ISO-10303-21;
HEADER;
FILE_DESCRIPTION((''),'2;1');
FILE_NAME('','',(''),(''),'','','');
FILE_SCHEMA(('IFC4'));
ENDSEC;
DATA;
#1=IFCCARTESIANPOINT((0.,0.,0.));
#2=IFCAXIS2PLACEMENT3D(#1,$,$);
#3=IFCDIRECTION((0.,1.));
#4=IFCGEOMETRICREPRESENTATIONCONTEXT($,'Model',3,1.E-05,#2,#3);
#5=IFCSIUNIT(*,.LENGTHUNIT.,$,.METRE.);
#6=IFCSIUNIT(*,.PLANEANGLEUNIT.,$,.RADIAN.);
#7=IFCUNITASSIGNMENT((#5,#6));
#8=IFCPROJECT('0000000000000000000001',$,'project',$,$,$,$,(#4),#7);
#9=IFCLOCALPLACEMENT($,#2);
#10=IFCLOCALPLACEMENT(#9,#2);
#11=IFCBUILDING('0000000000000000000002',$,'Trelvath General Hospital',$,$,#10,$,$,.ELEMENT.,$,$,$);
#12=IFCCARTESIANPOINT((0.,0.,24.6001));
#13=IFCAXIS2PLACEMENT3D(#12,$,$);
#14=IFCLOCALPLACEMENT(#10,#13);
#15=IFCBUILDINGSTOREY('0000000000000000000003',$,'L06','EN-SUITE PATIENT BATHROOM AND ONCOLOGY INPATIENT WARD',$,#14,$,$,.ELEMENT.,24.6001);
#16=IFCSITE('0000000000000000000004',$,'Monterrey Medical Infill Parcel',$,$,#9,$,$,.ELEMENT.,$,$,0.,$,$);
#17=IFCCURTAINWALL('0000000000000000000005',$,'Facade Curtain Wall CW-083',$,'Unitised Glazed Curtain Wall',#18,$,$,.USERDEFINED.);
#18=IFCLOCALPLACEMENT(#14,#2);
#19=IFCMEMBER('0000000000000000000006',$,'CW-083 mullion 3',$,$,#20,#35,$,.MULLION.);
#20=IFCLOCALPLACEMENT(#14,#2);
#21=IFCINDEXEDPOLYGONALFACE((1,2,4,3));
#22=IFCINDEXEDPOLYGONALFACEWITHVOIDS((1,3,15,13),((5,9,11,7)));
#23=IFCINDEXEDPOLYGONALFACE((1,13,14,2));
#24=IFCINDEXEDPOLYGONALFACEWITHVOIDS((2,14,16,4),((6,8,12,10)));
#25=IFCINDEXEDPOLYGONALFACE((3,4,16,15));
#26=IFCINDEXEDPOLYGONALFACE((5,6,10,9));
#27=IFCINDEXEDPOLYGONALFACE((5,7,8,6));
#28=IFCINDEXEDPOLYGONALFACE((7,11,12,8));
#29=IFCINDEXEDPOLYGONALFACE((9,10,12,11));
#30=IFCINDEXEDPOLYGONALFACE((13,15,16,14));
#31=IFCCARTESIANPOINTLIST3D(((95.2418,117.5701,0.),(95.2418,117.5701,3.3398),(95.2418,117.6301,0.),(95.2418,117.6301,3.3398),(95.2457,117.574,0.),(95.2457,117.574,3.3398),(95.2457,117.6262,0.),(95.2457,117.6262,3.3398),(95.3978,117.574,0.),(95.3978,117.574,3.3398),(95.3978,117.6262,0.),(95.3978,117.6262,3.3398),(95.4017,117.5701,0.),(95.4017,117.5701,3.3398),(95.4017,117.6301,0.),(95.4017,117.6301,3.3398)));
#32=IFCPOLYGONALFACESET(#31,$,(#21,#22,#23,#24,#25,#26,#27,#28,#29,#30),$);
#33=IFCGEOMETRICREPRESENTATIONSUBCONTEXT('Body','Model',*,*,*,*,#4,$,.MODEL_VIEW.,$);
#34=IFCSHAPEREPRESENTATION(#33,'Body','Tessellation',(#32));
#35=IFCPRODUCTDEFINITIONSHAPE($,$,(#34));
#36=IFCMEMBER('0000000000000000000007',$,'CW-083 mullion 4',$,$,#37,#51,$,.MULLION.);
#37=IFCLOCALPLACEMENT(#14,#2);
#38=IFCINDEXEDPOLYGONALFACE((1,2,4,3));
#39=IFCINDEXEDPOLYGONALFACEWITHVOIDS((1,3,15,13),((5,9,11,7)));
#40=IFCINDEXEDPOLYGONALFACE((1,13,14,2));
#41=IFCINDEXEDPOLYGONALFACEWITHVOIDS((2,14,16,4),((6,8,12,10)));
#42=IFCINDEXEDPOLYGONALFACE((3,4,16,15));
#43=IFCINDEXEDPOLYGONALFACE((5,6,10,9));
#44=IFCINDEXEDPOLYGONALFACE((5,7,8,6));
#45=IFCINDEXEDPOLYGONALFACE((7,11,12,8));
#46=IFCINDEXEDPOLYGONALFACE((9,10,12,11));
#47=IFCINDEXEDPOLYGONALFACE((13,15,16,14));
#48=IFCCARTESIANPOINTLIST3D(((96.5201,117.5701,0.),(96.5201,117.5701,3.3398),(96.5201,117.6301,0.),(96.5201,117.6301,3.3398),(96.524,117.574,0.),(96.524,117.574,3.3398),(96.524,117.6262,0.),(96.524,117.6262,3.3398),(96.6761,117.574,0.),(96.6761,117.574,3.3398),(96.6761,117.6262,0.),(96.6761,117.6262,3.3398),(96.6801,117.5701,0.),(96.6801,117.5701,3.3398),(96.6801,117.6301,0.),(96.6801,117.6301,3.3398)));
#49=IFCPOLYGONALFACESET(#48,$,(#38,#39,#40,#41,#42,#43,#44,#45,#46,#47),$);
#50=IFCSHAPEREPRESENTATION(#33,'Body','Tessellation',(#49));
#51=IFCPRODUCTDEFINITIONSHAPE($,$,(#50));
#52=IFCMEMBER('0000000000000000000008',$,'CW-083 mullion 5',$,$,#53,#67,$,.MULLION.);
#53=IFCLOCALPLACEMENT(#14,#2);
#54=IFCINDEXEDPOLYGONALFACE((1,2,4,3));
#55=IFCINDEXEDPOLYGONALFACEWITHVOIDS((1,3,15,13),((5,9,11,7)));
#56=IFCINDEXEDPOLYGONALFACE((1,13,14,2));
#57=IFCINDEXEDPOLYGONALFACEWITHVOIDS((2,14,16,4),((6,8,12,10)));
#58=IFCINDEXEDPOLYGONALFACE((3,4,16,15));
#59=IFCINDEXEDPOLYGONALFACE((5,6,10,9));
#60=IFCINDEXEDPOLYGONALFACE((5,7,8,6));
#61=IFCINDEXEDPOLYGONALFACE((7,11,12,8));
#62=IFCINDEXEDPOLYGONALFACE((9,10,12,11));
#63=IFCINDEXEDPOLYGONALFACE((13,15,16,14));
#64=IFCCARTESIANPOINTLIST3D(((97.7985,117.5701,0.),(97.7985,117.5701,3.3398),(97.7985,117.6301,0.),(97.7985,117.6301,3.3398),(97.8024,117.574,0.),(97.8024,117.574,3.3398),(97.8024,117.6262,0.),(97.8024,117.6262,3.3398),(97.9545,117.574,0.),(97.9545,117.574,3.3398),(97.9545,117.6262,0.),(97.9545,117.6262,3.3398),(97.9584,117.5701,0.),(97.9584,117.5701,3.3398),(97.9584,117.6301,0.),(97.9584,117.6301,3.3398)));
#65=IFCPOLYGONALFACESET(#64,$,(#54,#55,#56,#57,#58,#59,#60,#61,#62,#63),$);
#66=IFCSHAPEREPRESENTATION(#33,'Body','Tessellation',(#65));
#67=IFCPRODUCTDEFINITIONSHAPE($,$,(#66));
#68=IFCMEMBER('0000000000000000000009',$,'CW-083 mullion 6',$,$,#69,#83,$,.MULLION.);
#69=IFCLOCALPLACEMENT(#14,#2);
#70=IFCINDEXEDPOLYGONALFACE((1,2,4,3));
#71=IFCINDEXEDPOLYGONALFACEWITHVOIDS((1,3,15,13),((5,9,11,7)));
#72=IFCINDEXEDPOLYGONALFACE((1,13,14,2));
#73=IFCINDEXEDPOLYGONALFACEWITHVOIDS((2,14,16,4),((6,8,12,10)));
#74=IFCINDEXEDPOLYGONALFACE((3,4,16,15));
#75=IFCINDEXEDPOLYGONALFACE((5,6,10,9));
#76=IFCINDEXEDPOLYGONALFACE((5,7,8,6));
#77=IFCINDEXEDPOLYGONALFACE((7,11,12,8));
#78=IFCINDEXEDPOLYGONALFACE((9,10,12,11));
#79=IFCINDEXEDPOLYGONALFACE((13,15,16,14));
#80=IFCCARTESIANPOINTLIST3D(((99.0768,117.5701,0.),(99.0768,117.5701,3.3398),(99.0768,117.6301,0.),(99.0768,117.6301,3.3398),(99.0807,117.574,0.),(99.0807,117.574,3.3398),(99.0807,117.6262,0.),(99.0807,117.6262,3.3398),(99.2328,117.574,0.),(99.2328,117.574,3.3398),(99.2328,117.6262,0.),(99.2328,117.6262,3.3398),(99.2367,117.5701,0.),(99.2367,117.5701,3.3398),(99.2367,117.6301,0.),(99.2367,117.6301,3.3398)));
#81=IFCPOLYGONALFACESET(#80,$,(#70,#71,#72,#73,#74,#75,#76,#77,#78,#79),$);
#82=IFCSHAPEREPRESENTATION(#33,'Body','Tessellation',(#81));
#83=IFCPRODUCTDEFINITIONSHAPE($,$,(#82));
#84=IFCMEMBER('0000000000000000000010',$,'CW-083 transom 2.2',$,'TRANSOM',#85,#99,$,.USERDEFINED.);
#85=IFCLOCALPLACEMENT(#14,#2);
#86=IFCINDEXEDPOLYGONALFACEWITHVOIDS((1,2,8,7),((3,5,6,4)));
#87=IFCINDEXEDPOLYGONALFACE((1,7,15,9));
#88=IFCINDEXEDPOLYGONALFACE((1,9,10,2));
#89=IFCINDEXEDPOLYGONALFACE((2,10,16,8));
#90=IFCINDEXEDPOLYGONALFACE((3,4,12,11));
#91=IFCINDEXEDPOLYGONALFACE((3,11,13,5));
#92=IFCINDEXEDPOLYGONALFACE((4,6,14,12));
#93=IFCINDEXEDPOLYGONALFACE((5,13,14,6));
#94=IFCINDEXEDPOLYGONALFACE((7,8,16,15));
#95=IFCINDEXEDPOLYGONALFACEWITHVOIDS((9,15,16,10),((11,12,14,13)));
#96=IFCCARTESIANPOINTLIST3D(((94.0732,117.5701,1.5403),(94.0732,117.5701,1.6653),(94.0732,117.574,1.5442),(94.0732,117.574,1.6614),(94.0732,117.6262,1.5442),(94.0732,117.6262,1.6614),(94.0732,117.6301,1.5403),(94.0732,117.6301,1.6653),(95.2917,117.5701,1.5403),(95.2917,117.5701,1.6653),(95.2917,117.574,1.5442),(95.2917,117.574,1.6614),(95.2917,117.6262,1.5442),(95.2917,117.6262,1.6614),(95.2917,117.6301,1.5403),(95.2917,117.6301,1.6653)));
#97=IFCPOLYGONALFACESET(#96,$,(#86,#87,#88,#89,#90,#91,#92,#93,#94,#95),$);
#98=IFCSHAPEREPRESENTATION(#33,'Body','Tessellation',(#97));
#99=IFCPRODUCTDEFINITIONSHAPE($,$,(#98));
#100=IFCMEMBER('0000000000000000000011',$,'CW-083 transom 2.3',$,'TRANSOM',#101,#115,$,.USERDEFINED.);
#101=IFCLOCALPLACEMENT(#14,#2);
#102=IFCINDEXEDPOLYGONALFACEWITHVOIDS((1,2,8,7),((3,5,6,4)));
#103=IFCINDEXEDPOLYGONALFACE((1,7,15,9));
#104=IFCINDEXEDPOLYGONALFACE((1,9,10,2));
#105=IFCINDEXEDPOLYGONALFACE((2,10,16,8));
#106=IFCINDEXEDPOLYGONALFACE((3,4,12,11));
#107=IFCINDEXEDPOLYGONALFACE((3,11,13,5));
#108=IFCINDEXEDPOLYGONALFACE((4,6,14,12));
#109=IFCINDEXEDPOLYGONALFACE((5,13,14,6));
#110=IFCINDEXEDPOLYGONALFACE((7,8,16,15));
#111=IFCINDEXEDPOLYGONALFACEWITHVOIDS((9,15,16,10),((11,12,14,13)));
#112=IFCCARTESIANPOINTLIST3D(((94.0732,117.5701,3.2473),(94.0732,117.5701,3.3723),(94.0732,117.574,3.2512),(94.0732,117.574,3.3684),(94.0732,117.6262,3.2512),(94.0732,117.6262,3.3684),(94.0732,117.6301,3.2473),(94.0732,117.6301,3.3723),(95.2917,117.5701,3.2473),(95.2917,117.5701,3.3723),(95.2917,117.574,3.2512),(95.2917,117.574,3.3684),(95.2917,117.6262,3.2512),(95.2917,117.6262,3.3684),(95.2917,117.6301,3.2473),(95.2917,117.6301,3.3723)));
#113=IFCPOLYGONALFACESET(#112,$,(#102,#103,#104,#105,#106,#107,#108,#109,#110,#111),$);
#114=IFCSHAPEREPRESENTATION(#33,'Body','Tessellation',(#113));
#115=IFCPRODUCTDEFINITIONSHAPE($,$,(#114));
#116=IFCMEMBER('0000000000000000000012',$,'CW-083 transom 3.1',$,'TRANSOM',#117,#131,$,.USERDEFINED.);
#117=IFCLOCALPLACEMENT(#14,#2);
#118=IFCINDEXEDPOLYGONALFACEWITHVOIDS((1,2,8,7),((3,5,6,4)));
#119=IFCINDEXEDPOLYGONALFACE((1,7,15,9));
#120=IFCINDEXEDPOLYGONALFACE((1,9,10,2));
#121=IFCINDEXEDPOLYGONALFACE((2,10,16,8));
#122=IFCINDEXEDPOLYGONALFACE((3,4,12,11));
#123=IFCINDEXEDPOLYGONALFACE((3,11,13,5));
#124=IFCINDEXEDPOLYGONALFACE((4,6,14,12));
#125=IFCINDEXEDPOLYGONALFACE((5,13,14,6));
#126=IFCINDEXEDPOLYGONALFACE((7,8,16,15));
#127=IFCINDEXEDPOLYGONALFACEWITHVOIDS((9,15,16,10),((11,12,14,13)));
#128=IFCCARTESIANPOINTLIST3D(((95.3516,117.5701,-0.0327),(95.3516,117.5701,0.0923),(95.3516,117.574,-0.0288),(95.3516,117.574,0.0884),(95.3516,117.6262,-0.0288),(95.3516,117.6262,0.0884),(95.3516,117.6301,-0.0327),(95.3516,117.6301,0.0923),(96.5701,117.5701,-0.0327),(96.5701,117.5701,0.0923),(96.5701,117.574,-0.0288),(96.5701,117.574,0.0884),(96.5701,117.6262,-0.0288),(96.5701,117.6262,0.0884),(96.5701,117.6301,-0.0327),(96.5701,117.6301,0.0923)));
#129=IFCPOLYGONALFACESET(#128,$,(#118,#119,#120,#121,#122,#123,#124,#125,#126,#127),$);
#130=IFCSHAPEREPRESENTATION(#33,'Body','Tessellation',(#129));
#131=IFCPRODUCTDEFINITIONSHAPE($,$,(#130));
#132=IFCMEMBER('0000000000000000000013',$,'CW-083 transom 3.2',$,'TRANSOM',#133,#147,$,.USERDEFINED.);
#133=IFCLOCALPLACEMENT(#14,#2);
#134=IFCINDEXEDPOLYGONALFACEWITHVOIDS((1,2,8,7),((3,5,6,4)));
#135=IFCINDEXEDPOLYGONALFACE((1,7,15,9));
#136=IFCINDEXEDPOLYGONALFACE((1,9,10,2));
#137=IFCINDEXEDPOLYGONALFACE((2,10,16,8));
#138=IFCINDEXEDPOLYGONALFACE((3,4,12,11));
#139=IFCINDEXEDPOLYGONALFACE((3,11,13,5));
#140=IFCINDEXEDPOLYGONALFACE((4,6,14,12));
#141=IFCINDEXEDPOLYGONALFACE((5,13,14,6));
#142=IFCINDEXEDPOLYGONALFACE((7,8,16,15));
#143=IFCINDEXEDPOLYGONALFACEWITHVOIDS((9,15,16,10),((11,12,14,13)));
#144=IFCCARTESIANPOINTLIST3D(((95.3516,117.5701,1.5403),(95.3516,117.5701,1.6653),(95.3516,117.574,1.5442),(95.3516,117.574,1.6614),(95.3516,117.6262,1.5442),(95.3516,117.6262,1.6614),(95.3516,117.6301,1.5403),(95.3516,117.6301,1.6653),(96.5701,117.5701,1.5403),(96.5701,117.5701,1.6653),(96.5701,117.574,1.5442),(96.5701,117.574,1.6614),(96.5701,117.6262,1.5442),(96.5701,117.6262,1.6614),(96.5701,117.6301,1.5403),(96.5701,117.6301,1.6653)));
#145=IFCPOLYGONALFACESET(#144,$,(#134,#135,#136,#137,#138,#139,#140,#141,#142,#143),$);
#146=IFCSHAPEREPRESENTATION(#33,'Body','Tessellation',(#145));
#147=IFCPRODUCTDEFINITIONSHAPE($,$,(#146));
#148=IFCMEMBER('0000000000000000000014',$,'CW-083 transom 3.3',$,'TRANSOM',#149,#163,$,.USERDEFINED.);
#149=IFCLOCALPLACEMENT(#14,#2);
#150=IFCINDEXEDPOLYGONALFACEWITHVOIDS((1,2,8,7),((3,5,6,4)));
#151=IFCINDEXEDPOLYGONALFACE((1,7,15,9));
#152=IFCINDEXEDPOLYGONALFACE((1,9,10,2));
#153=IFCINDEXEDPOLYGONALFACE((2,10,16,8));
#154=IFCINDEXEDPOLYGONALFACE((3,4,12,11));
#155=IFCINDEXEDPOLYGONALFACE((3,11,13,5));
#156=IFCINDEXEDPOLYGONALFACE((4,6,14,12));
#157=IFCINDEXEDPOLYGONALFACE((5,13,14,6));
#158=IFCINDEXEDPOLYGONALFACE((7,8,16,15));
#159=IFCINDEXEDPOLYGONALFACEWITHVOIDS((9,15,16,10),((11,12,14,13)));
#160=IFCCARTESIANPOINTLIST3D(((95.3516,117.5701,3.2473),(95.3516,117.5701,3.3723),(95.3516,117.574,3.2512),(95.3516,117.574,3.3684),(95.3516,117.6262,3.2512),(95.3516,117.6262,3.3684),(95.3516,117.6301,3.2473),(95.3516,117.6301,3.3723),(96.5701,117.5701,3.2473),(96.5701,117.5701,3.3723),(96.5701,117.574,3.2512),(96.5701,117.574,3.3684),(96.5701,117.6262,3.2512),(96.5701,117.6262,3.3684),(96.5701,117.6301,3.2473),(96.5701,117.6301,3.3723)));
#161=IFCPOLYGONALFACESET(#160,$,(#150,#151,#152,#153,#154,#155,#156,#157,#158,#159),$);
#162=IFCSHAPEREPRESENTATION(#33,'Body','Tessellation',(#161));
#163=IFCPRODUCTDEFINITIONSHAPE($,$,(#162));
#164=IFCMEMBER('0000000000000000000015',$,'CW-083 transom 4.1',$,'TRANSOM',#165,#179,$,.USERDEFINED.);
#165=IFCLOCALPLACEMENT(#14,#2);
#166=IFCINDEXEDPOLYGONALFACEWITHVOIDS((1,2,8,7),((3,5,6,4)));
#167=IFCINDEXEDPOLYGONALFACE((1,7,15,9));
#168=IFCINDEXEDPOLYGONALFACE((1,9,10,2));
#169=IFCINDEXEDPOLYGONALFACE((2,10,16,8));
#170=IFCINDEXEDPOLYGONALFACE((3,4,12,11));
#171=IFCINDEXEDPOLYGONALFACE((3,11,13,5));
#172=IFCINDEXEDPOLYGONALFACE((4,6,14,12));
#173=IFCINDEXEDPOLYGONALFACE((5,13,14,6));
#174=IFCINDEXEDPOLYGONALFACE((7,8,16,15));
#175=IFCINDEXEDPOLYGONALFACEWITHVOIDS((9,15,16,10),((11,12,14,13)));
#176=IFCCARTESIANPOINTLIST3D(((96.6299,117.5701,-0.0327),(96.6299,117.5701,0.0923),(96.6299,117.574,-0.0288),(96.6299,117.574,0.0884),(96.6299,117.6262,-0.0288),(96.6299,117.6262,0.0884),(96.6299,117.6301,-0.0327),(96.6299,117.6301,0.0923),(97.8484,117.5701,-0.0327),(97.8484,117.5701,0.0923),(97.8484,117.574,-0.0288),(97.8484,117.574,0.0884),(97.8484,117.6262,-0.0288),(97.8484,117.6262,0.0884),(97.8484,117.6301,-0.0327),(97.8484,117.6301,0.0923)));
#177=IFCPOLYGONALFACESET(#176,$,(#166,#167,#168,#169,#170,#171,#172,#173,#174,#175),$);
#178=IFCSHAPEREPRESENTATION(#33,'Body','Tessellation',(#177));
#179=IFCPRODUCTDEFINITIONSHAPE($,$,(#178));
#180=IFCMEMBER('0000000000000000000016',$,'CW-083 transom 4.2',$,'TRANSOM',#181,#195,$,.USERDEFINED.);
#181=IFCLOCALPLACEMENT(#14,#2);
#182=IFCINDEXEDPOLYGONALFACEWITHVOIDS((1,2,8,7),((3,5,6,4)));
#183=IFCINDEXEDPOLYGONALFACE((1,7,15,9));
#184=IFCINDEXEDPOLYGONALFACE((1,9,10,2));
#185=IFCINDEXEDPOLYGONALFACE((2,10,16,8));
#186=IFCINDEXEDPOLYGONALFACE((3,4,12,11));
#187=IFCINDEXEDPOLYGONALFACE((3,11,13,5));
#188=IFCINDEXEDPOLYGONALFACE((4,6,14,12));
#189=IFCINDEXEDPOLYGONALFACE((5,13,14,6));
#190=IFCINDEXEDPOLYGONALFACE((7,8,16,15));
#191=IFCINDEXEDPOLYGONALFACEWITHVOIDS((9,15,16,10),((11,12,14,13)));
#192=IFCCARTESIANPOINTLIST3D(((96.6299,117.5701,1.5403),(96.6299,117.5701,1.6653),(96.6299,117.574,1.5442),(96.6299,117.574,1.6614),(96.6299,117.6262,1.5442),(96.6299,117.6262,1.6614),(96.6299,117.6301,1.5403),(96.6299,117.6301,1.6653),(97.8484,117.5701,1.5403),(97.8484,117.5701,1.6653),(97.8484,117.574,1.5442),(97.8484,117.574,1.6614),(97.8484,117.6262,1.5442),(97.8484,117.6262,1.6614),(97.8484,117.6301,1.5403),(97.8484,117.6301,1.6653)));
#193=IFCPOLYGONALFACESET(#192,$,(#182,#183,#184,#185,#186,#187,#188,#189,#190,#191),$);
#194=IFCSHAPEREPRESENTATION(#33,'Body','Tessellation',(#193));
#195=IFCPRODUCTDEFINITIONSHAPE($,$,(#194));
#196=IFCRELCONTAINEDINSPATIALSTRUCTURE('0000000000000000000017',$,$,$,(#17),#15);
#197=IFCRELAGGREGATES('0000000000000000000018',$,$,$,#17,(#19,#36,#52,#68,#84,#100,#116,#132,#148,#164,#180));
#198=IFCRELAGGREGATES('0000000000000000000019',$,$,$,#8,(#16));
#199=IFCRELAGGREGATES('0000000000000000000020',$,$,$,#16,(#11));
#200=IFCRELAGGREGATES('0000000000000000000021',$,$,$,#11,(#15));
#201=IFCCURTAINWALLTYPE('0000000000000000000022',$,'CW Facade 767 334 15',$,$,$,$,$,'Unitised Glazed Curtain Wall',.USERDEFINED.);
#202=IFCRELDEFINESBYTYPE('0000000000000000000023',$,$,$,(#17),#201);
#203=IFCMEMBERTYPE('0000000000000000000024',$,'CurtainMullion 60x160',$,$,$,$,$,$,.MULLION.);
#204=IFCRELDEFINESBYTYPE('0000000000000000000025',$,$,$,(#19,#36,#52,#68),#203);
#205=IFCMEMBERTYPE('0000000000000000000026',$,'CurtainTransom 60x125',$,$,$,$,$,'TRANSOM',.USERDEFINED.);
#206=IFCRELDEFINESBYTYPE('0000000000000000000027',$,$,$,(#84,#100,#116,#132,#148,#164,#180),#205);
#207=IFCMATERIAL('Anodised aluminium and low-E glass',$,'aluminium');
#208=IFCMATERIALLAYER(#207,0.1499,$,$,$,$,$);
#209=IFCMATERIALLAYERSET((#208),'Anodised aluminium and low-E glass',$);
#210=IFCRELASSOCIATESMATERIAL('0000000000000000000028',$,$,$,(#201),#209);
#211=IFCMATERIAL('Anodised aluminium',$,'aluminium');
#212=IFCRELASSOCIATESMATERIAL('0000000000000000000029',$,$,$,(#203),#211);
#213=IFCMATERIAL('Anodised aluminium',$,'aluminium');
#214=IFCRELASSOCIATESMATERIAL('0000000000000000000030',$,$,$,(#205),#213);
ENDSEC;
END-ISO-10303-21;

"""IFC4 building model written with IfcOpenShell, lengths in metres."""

from ifc_helpers import new_model, si_unit, direction, frame, origin, origin_2d, place, context, subcontext, project, spatial, hollow_rectangle, extrude, material, layer, layer_set, material_profile, profile_set, type_object, element, aggregate, save


model = new_model("IFC4")

# Units and contexts
model_context = context("Model", 3, precision=1e-05, world=origin(), true_north=direction((0.0, 1.0)))
body_context = subcontext(model_context, "Body", "Model", "MODEL_VIEW")
ifc_project = project(units=[si_unit("LENGTHUNIT", "METRE"), si_unit("PLANEANGLEUNIT", "RADIAN")], contexts=[model_context])

# Site, building, storey
site_placement = place(None, origin())
site = spatial("IfcSite", under=ifc_project, at=site_placement, Name="Monterrey Medical Infill Parcel", CompositionType="ELEMENT", RefElevation=0.0)
building_placement = place(site_placement, origin())
building = spatial("IfcBuilding", under=site, at=building_placement, Name="Trelvath General Hospital", CompositionType="ELEMENT")
storey_placement = place(building_placement, frame((0.0, 0.0, 24.6001)))
storey = spatial("IfcBuildingStorey", under=building, at=storey_placement, Name="L06", Description="EN-SUITE PATIENT BATHROOM AND ONCOLOGY INPATIENT WARD", CompositionType="ELEMENT", Elevation=24.6001)

# Curtain wall, members
ifc_material_1 = material(Name="Anodised aluminium and low-E glass", Category="aluminium")
ifc_layer_1 = layer(ifc_material_1, 0.1499)
ifc_layer_set_1 = layer_set([ifc_layer_1], Name="Anodised aluminium and low-E glass")
curtain_wall_type = type_object("IfcCurtainWallType", Name="CW Facade 767 334 15", ElementType="Unitised Glazed Curtain Wall", PredefinedType="USERDEFINED", material=ifc_layer_set_1)
curtain_wall_placement = place(storey_placement, origin())
curtain_wall = element("IfcCurtainWall", 1, at=curtain_wall_placement, inside=storey, type_object=curtain_wall_type, Name="Facade Curtain Wall CW-083", ObjectType="Unitised Glazed Curtain Wall", PredefinedType="USERDEFINED")
ifc_material_2 = material(Name="Anodised aluminium", Category="aluminium")
ifc_material_profile_1 = material_profile(ifc_material_2, hollow_rectangle(XDim=0.0601, YDim=0.1599, WallThickness=0.0039, at=origin_2d()), Name="RHS60x160x4")
ifc_profile_set_1 = profile_set([ifc_material_profile_1], Name="Anodised aluminium")
member_type_1 = type_object("IfcMemberType", Name="CurtainMullion 60x160", PredefinedType="MULLION", material=ifc_profile_set_1)
member_1_placement = place(storey_placement, frame((95.3218, 117.6001, 0.0), z_axis=(0.0, 0.0, 1.0), x_axis=(0.0, 1.0, 0.0)))
member_1 = element("IfcMember", 2, at=member_1_placement, type_object=member_type_1, Name="CW-083 mullion 3", PredefinedType="MULLION", context=body_context, shape_type="SweptSolid", body=[
    extrude(hollow_rectangle(XDim=0.0601, YDim=0.1599, WallThickness=0.0039, at=origin_2d()), origin(), (0.0, 0.0, 1.0), 3.3398),
])
member_2_placement = place(storey_placement, frame((96.6001, 117.6001, 0.0), z_axis=(0.0, 0.0, 1.0), x_axis=(0.0, 1.0, 0.0)))
member_2 = element("IfcMember", 3, at=member_2_placement, type_object=member_type_1, Name="CW-083 mullion 4", PredefinedType="MULLION", context=body_context, shape_type="SweptSolid", body=[
    extrude(hollow_rectangle(XDim=0.0601, YDim=0.1599, WallThickness=0.0039, at=origin_2d()), origin(), (0.0, 0.0, 1.0), 3.3398),
])
member_3_placement = place(storey_placement, frame((97.8784, 117.6001, 0.0), z_axis=(0.0, 0.0, 1.0), x_axis=(0.0, 1.0, 0.0)))
member_3 = element("IfcMember", 4, at=member_3_placement, type_object=member_type_1, Name="CW-083 mullion 5", PredefinedType="MULLION", context=body_context, shape_type="SweptSolid", body=[
    extrude(hollow_rectangle(XDim=0.0601, YDim=0.1599, WallThickness=0.0039, at=origin_2d()), origin(), (0.0, 0.0, 1.0), 3.3398),
])
member_4_placement = place(storey_placement, frame((99.1567, 117.6001, 0.0), z_axis=(0.0, 0.0, 1.0), x_axis=(0.0, 1.0, 0.0)))
member_4 = element("IfcMember", 5, at=member_4_placement, type_object=member_type_1, Name="CW-083 mullion 6", PredefinedType="MULLION", context=body_context, shape_type="SweptSolid", body=[
    extrude(hollow_rectangle(XDim=0.0601, YDim=0.1599, WallThickness=0.0039, at=origin_2d()), origin(), (0.0, 0.0, 1.0), 3.3398),
])
ifc_material_3 = material(Name="Anodised aluminium", Category="aluminium")
ifc_material_profile_2 = material_profile(ifc_material_3, hollow_rectangle(XDim=0.0601, YDim=0.125, WallThickness=0.0039, at=origin_2d()), Name="RHS60x125x4")
ifc_profile_set_2 = profile_set([ifc_material_profile_2], Name="Anodised aluminium")
member_type_2 = type_object("IfcMemberType", Name="CurtainTransom 60x125", ElementType="TRANSOM", PredefinedType="USERDEFINED", material=ifc_profile_set_2)
member_5_placement = place(storey_placement, frame((94.0732, 117.6001, 1.6028), z_axis=(1.0, 0.0, 0.0), x_axis=(0.0, 1.0, 0.0)))
member_5 = element("IfcMember", 6, at=member_5_placement, type_object=member_type_2, Name="CW-083 transom 2.2", ObjectType="TRANSOM", PredefinedType="USERDEFINED", context=body_context, shape_type="SweptSolid", body=[
    extrude(hollow_rectangle(XDim=0.0601, YDim=0.125, WallThickness=0.0039, at=origin_2d()), origin(), (0.0, 0.0, 1.0), 1.2185),
])
member_6_placement = place(storey_placement, frame((94.0732, 117.6001, 3.3098), z_axis=(1.0, 0.0, 0.0), x_axis=(0.0, 1.0, 0.0)))
member_6 = element("IfcMember", 7, at=member_6_placement, type_object=member_type_2, Name="CW-083 transom 2.3", ObjectType="TRANSOM", PredefinedType="USERDEFINED", context=body_context, shape_type="SweptSolid", body=[
    extrude(hollow_rectangle(XDim=0.0601, YDim=0.125, WallThickness=0.0039, at=origin_2d()), origin(), (0.0, 0.0, 1.0), 1.2185),
])
member_7_placement = place(storey_placement, frame((95.3516, 117.6001, 0.0298), z_axis=(1.0, 0.0, 0.0), x_axis=(0.0, 1.0, 0.0)))
member_7 = element("IfcMember", 8, at=member_7_placement, type_object=member_type_2, Name="CW-083 transom 3.1", ObjectType="TRANSOM", PredefinedType="USERDEFINED", context=body_context, shape_type="SweptSolid", body=[
    extrude(hollow_rectangle(XDim=0.0601, YDim=0.125, WallThickness=0.0039, at=origin_2d()), origin(), (0.0, 0.0, 1.0), 1.2185),
])
member_8_placement = place(storey_placement, frame((95.3516, 117.6001, 1.6028), z_axis=(1.0, 0.0, 0.0), x_axis=(0.0, 1.0, 0.0)))
member_8 = element("IfcMember", 9, at=member_8_placement, type_object=member_type_2, Name="CW-083 transom 3.2", ObjectType="TRANSOM", PredefinedType="USERDEFINED", context=body_context, shape_type="SweptSolid", body=[
    extrude(hollow_rectangle(XDim=0.0601, YDim=0.125, WallThickness=0.0039, at=origin_2d()), origin(), (0.0, 0.0, 1.0), 1.2185),
])
member_9_placement = place(storey_placement, frame((95.3516, 117.6001, 3.3098), z_axis=(1.0, 0.0, 0.0), x_axis=(0.0, 1.0, 0.0)))
member_9 = element("IfcMember", 10, at=member_9_placement, type_object=member_type_2, Name="CW-083 transom 3.3", ObjectType="TRANSOM", PredefinedType="USERDEFINED", context=body_context, shape_type="SweptSolid", body=[
    extrude(hollow_rectangle(XDim=0.0601, YDim=0.125, WallThickness=0.0039, at=origin_2d()), origin(), (0.0, 0.0, 1.0), 1.2185),
])
member_10_placement = place(storey_placement, frame((96.6299, 117.6001, 0.0298), z_axis=(1.0, 0.0, 0.0), x_axis=(0.0, 1.0, 0.0)))
member_10 = element("IfcMember", 11, at=member_10_placement, type_object=member_type_2, Name="CW-083 transom 4.1", ObjectType="TRANSOM", PredefinedType="USERDEFINED", context=body_context, shape_type="SweptSolid", body=[
    extrude(hollow_rectangle(XDim=0.0601, YDim=0.125, WallThickness=0.0039, at=origin_2d()), origin(), (0.0, 0.0, 1.0), 1.2185),
])
member_11_placement = place(storey_placement, frame((96.6299, 117.6001, 1.6028), z_axis=(1.0, 0.0, 0.0), x_axis=(0.0, 1.0, 0.0)))
member_11 = element("IfcMember", 12, at=member_11_placement, type_object=member_type_2, Name="CW-083 transom 4.2", ObjectType="TRANSOM", PredefinedType="USERDEFINED", context=body_context, shape_type="SweptSolid", body=[
    extrude(hollow_rectangle(XDim=0.0601, YDim=0.125, WallThickness=0.0039, at=origin_2d()), origin(), (0.0, 0.0, 1.0), 1.2185),
])
aggregate(curtain_wall, [member_1, member_2, member_3, member_4, member_5, member_6, member_7, member_8, member_9, member_10, member_11])

save(model, "model.ifc")
